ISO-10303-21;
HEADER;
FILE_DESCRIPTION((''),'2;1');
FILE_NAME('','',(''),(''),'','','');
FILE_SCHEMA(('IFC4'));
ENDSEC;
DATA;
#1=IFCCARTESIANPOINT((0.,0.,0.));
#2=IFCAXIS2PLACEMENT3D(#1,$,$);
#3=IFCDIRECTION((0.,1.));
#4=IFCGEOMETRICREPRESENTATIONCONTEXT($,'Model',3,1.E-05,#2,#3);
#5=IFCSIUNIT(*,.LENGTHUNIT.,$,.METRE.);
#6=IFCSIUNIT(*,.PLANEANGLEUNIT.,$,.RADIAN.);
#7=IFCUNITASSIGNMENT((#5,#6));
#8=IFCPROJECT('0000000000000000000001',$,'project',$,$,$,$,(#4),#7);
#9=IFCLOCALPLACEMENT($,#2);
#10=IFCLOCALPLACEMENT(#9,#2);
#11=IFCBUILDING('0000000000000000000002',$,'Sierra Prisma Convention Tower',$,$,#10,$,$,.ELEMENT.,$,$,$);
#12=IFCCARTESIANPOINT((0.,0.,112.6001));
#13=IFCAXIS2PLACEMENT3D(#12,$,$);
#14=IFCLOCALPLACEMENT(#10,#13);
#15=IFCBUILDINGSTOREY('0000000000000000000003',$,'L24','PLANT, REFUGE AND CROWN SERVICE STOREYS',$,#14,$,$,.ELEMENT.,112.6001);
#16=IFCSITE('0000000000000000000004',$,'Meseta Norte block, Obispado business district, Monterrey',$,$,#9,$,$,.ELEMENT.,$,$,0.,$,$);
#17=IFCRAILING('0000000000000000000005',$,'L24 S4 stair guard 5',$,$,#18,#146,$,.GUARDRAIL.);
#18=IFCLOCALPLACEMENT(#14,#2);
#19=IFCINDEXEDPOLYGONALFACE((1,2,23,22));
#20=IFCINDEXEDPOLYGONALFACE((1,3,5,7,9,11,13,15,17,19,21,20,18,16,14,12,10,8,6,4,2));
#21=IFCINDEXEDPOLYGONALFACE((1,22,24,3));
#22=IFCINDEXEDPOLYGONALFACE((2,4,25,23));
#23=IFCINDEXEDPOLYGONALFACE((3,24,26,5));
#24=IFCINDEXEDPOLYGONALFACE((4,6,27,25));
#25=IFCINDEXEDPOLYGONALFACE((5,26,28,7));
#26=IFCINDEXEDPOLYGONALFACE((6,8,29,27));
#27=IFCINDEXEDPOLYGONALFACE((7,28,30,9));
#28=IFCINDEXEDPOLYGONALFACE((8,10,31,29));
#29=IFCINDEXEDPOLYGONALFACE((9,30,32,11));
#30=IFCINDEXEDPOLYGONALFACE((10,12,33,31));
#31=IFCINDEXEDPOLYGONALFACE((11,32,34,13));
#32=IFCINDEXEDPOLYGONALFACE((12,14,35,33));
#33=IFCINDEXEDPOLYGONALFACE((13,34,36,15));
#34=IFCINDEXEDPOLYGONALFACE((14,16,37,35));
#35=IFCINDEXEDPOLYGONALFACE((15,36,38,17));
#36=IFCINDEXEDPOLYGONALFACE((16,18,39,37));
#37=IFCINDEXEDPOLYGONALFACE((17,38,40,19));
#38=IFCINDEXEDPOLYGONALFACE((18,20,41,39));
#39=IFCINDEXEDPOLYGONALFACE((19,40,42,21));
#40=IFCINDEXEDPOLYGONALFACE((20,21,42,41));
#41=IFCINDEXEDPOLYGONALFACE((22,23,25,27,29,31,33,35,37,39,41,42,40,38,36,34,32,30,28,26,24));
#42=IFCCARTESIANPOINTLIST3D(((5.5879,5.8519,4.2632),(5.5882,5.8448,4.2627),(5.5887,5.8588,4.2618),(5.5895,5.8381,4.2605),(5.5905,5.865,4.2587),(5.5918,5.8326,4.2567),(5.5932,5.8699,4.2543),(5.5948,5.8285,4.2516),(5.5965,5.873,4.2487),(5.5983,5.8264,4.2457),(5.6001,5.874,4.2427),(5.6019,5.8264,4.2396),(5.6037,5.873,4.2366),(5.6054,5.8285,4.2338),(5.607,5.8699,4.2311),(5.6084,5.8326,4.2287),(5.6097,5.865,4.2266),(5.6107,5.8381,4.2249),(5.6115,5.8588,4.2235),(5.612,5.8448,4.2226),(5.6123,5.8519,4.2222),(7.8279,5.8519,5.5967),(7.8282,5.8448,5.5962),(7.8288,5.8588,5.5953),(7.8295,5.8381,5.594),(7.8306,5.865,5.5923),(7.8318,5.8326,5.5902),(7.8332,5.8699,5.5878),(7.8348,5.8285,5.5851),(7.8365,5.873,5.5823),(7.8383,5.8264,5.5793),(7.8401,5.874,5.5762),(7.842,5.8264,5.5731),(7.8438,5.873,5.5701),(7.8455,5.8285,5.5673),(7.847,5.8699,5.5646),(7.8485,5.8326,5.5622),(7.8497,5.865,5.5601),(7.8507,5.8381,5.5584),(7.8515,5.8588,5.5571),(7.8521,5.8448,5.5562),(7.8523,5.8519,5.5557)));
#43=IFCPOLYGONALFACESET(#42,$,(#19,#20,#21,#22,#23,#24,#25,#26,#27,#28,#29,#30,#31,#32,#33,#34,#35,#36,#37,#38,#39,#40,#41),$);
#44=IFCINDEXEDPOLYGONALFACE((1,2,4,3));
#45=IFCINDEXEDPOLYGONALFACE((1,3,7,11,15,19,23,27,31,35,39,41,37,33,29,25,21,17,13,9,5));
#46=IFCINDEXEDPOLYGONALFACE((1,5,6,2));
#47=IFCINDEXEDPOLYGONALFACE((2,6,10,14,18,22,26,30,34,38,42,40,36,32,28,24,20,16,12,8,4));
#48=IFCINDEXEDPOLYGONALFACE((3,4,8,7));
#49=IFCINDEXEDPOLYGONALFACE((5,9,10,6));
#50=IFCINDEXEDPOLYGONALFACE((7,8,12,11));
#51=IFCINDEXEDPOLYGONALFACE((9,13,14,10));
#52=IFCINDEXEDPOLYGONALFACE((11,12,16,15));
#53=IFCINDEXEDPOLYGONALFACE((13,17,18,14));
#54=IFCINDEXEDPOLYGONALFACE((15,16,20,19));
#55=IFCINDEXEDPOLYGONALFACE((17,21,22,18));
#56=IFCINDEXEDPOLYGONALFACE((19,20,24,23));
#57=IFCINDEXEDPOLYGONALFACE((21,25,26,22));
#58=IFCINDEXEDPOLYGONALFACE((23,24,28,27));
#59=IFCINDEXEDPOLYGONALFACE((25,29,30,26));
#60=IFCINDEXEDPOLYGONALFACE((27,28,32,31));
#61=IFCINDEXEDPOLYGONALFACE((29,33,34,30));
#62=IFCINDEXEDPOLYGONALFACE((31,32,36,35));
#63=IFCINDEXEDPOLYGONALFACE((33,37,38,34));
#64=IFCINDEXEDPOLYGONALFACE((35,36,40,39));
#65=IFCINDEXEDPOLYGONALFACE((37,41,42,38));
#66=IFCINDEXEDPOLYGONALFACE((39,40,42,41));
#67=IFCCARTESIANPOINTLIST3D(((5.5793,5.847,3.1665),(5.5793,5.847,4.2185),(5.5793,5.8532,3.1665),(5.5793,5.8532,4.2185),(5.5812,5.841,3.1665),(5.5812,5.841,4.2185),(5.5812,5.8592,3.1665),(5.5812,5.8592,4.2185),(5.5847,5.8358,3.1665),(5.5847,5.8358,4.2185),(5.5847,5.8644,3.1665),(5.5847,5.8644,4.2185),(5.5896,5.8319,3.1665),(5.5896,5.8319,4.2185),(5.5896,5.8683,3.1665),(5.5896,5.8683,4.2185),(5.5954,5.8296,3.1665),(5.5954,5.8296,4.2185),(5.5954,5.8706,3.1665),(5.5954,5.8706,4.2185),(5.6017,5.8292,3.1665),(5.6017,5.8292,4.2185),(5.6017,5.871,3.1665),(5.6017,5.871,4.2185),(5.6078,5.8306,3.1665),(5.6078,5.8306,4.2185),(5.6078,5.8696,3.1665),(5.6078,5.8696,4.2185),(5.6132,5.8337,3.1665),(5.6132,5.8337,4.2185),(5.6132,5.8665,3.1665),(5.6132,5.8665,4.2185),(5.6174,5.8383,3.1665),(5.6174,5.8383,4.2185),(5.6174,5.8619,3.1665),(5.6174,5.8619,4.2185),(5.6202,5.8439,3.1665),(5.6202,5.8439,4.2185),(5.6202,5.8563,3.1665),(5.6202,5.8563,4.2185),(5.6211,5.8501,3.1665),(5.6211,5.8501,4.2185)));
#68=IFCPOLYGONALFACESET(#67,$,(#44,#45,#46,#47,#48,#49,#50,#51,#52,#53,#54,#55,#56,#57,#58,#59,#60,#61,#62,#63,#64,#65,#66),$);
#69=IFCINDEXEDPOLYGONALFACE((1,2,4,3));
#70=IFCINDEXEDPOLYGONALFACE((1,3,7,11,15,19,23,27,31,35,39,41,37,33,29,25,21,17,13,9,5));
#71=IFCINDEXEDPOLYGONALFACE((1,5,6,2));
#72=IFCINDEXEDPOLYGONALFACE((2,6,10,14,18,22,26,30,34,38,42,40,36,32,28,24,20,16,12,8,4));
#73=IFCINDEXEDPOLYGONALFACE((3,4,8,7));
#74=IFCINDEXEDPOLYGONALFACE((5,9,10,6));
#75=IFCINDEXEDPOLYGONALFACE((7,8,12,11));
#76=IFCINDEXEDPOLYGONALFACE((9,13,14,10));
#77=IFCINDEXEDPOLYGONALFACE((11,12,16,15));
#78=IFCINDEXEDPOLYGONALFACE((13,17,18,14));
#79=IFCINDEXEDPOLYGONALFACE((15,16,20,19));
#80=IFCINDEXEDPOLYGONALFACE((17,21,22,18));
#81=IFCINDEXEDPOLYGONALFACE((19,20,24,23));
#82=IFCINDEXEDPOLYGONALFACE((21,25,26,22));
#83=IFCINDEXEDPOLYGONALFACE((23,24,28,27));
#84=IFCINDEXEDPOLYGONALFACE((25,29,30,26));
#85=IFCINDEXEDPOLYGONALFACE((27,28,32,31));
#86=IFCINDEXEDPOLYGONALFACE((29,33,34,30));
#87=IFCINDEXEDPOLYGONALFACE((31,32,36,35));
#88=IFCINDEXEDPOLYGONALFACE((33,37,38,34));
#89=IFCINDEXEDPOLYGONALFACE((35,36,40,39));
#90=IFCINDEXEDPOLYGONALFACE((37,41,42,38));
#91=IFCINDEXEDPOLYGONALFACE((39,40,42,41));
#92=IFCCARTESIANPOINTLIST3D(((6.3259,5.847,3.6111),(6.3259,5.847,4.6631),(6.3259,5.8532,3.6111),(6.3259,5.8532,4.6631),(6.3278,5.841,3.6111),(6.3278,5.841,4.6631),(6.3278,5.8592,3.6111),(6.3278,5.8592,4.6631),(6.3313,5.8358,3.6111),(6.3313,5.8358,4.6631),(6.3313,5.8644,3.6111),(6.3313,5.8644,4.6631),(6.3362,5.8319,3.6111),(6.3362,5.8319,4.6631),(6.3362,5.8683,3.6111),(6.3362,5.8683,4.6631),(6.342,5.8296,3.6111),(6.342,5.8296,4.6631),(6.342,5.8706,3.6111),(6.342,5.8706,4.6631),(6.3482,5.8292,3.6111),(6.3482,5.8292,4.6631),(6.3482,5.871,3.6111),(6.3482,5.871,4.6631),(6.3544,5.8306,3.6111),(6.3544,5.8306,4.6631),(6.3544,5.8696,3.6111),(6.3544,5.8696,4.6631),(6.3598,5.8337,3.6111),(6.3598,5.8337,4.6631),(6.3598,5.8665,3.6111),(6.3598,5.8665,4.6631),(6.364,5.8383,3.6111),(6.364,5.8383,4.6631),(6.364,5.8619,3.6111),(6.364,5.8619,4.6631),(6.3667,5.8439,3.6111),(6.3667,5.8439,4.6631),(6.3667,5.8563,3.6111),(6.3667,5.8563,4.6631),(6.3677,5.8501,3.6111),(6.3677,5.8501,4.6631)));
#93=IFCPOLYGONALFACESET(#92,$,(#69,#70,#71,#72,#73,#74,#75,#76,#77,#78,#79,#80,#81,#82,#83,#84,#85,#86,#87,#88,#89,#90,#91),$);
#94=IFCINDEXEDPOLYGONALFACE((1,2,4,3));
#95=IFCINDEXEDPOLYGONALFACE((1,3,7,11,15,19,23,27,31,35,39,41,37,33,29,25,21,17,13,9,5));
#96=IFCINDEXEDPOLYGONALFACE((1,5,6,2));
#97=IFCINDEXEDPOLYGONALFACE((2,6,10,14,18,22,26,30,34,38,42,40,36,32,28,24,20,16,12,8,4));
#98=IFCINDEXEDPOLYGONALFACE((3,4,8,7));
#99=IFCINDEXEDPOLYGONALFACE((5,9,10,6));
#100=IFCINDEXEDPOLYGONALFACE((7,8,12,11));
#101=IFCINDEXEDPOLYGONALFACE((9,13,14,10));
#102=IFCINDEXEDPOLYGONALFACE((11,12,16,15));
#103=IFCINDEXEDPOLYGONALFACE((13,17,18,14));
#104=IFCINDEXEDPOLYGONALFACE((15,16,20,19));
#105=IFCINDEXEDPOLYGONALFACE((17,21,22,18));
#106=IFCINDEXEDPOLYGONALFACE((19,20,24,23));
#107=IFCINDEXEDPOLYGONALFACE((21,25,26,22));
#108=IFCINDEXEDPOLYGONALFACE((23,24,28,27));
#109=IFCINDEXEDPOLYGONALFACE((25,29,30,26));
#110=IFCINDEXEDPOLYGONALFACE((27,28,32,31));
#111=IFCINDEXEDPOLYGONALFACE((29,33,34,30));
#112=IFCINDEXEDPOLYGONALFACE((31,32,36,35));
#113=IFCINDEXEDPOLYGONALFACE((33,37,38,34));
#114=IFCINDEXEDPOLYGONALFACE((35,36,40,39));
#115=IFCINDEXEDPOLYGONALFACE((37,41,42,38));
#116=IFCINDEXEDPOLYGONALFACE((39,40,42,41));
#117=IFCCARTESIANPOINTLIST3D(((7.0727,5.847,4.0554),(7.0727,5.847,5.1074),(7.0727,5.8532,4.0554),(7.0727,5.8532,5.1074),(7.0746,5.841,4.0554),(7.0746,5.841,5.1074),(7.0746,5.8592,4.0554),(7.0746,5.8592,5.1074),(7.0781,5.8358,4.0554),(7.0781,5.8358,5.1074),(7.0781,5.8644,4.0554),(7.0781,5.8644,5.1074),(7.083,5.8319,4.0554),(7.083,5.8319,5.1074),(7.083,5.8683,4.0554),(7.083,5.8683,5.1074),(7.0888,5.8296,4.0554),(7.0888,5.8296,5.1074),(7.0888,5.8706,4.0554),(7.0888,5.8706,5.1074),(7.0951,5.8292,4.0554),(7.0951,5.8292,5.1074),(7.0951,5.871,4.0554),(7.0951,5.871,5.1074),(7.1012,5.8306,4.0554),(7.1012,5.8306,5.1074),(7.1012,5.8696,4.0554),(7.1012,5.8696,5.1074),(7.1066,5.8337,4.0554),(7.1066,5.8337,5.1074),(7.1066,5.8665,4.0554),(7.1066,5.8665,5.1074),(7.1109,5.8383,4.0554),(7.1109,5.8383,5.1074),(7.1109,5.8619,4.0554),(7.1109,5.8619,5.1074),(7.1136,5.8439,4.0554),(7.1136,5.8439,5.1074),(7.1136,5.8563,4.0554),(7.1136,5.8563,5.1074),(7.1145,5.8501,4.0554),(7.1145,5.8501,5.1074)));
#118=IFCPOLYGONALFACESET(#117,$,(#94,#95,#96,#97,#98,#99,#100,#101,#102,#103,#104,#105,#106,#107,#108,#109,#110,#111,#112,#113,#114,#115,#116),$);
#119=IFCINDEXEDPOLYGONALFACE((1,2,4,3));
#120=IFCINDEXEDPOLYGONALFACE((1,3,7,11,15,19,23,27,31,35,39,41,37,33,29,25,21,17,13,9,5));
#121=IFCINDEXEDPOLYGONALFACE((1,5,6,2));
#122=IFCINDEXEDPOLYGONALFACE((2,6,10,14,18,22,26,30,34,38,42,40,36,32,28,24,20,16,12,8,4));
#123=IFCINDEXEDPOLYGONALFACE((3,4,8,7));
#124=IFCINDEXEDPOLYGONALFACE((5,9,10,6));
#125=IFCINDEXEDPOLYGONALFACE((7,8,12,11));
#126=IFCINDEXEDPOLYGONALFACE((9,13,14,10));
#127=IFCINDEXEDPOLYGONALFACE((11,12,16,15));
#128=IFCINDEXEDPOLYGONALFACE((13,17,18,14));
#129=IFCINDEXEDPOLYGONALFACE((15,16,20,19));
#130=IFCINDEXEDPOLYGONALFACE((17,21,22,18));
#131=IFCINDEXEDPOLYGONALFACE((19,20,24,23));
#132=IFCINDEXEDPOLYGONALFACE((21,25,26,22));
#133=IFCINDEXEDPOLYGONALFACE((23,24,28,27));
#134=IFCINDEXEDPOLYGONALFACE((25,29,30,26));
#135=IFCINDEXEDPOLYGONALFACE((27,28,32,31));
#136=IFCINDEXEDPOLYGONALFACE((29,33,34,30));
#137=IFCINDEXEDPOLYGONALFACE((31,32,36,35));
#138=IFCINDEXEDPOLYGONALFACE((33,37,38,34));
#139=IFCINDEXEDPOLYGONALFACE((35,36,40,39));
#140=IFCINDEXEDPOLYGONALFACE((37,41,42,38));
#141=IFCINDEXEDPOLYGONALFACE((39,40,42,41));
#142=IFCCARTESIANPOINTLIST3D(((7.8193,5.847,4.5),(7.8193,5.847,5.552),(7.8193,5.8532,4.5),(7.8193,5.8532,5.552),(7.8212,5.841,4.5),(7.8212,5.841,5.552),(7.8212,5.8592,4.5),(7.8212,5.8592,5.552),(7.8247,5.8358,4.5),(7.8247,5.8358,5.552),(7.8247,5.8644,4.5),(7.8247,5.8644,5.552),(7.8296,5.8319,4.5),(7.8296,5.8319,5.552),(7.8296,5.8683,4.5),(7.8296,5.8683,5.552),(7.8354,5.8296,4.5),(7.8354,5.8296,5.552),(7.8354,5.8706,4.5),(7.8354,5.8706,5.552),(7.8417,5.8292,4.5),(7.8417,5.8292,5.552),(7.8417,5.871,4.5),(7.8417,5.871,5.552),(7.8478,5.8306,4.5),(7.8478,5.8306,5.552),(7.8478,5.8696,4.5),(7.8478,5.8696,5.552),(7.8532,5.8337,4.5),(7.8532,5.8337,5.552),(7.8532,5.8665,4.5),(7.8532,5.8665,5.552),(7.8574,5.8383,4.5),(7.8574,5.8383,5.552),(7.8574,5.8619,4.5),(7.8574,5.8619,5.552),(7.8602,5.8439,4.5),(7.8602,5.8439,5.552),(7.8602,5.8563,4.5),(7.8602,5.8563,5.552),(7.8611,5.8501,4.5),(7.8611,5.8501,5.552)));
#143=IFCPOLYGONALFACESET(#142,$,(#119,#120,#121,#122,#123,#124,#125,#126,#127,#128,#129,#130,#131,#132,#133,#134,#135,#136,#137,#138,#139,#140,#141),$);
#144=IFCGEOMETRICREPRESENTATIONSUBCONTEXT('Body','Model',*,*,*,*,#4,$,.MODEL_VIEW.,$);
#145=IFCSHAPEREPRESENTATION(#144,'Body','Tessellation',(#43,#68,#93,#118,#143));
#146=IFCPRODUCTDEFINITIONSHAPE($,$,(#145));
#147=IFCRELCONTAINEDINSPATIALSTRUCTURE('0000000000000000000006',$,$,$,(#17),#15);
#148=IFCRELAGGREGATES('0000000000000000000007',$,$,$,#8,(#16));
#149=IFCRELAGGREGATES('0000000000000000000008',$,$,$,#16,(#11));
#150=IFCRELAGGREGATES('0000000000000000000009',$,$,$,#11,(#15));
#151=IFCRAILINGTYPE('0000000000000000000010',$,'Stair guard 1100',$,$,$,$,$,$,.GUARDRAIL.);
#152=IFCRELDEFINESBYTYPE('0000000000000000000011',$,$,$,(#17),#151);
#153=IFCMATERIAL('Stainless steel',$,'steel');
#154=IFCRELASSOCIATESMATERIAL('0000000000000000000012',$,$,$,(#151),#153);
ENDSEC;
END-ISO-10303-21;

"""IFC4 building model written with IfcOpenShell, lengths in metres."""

from ifc_helpers import new_model, si_unit, direction, frame, origin, origin_2d, place, context, subcontext, project, spatial, circle, extrude, material, type_object, element, save


model = new_model("IFC4")

# Units and contexts
model_context = context("Model", 3, precision=1e-05, world=origin(), true_north=direction((0.0, 1.0)))
body_context = subcontext(model_context, "Body", "Model", "MODEL_VIEW")
ifc_project = project(units=[si_unit("LENGTHUNIT", "METRE"), si_unit("PLANEANGLEUNIT", "RADIAN")], contexts=[model_context])

# Site, building, storey
site_placement = place(None, origin())
site = spatial("IfcSite", under=ifc_project, at=site_placement, Name="Meseta Norte block, Obispado business district, Monterrey", CompositionType="ELEMENT", RefElevation=0.0)
building_placement = place(site_placement, origin())
building = spatial("IfcBuilding", under=site, at=building_placement, Name="Sierra Prisma Convention Tower", CompositionType="ELEMENT")
storey_placement = place(building_placement, frame((0.0, 0.0, 112.6001)))
storey = spatial("IfcBuildingStorey", under=building, at=storey_placement, Name="L24", Description="PLANT, REFUGE AND CROWN SERVICE STOREYS", CompositionType="ELEMENT", Elevation=112.6001)

# Railing
ifc_material_1 = material(Name="Stainless steel", Category="steel")
railing_type_1 = type_object("IfcRailingType", Name="Stair guard 1100", PredefinedType="GUARDRAIL", material=ifc_material_1)
railing_1_placement = place(storey_placement, frame((5.6001, 5.8501, 3.1665)))
element("IfcRailing", 1, at=railing_1_placement, inside=storey, type_object=railing_type_1, Name="L24 S4 stair guard 5", PredefinedType="GUARDRAIL", context=body_context, shape_type="SweptSolid", body=[
    extrude(circle(Radius=0.0239, at=origin_2d()), frame((0.0, 0.0, 1.0762), z_axis=(0.859264, 0.0, 0.511532), x_axis=(0.0, 1.0, 0.0)), (0.0, 0.0, 1.0), 2.6069),
    extrude(circle(Radius=0.021, at=origin_2d()), origin(), (0.0, 0.0, 1.0), 1.052),
    extrude(circle(Radius=0.021, at=origin_2d()), frame((0.7466, 0.0, 0.4446)), (0.0, 0.0, 1.0), 1.052),
    extrude(circle(Radius=0.021, at=origin_2d()), frame((1.4934, 0.0, 0.8889)), (0.0, 0.0, 1.0), 1.052),
    extrude(circle(Radius=0.021, at=origin_2d()), frame((2.24, 0.0, 1.3335)), (0.0, 0.0, 1.0), 1.052),
])

save(model, "model.ifc")
